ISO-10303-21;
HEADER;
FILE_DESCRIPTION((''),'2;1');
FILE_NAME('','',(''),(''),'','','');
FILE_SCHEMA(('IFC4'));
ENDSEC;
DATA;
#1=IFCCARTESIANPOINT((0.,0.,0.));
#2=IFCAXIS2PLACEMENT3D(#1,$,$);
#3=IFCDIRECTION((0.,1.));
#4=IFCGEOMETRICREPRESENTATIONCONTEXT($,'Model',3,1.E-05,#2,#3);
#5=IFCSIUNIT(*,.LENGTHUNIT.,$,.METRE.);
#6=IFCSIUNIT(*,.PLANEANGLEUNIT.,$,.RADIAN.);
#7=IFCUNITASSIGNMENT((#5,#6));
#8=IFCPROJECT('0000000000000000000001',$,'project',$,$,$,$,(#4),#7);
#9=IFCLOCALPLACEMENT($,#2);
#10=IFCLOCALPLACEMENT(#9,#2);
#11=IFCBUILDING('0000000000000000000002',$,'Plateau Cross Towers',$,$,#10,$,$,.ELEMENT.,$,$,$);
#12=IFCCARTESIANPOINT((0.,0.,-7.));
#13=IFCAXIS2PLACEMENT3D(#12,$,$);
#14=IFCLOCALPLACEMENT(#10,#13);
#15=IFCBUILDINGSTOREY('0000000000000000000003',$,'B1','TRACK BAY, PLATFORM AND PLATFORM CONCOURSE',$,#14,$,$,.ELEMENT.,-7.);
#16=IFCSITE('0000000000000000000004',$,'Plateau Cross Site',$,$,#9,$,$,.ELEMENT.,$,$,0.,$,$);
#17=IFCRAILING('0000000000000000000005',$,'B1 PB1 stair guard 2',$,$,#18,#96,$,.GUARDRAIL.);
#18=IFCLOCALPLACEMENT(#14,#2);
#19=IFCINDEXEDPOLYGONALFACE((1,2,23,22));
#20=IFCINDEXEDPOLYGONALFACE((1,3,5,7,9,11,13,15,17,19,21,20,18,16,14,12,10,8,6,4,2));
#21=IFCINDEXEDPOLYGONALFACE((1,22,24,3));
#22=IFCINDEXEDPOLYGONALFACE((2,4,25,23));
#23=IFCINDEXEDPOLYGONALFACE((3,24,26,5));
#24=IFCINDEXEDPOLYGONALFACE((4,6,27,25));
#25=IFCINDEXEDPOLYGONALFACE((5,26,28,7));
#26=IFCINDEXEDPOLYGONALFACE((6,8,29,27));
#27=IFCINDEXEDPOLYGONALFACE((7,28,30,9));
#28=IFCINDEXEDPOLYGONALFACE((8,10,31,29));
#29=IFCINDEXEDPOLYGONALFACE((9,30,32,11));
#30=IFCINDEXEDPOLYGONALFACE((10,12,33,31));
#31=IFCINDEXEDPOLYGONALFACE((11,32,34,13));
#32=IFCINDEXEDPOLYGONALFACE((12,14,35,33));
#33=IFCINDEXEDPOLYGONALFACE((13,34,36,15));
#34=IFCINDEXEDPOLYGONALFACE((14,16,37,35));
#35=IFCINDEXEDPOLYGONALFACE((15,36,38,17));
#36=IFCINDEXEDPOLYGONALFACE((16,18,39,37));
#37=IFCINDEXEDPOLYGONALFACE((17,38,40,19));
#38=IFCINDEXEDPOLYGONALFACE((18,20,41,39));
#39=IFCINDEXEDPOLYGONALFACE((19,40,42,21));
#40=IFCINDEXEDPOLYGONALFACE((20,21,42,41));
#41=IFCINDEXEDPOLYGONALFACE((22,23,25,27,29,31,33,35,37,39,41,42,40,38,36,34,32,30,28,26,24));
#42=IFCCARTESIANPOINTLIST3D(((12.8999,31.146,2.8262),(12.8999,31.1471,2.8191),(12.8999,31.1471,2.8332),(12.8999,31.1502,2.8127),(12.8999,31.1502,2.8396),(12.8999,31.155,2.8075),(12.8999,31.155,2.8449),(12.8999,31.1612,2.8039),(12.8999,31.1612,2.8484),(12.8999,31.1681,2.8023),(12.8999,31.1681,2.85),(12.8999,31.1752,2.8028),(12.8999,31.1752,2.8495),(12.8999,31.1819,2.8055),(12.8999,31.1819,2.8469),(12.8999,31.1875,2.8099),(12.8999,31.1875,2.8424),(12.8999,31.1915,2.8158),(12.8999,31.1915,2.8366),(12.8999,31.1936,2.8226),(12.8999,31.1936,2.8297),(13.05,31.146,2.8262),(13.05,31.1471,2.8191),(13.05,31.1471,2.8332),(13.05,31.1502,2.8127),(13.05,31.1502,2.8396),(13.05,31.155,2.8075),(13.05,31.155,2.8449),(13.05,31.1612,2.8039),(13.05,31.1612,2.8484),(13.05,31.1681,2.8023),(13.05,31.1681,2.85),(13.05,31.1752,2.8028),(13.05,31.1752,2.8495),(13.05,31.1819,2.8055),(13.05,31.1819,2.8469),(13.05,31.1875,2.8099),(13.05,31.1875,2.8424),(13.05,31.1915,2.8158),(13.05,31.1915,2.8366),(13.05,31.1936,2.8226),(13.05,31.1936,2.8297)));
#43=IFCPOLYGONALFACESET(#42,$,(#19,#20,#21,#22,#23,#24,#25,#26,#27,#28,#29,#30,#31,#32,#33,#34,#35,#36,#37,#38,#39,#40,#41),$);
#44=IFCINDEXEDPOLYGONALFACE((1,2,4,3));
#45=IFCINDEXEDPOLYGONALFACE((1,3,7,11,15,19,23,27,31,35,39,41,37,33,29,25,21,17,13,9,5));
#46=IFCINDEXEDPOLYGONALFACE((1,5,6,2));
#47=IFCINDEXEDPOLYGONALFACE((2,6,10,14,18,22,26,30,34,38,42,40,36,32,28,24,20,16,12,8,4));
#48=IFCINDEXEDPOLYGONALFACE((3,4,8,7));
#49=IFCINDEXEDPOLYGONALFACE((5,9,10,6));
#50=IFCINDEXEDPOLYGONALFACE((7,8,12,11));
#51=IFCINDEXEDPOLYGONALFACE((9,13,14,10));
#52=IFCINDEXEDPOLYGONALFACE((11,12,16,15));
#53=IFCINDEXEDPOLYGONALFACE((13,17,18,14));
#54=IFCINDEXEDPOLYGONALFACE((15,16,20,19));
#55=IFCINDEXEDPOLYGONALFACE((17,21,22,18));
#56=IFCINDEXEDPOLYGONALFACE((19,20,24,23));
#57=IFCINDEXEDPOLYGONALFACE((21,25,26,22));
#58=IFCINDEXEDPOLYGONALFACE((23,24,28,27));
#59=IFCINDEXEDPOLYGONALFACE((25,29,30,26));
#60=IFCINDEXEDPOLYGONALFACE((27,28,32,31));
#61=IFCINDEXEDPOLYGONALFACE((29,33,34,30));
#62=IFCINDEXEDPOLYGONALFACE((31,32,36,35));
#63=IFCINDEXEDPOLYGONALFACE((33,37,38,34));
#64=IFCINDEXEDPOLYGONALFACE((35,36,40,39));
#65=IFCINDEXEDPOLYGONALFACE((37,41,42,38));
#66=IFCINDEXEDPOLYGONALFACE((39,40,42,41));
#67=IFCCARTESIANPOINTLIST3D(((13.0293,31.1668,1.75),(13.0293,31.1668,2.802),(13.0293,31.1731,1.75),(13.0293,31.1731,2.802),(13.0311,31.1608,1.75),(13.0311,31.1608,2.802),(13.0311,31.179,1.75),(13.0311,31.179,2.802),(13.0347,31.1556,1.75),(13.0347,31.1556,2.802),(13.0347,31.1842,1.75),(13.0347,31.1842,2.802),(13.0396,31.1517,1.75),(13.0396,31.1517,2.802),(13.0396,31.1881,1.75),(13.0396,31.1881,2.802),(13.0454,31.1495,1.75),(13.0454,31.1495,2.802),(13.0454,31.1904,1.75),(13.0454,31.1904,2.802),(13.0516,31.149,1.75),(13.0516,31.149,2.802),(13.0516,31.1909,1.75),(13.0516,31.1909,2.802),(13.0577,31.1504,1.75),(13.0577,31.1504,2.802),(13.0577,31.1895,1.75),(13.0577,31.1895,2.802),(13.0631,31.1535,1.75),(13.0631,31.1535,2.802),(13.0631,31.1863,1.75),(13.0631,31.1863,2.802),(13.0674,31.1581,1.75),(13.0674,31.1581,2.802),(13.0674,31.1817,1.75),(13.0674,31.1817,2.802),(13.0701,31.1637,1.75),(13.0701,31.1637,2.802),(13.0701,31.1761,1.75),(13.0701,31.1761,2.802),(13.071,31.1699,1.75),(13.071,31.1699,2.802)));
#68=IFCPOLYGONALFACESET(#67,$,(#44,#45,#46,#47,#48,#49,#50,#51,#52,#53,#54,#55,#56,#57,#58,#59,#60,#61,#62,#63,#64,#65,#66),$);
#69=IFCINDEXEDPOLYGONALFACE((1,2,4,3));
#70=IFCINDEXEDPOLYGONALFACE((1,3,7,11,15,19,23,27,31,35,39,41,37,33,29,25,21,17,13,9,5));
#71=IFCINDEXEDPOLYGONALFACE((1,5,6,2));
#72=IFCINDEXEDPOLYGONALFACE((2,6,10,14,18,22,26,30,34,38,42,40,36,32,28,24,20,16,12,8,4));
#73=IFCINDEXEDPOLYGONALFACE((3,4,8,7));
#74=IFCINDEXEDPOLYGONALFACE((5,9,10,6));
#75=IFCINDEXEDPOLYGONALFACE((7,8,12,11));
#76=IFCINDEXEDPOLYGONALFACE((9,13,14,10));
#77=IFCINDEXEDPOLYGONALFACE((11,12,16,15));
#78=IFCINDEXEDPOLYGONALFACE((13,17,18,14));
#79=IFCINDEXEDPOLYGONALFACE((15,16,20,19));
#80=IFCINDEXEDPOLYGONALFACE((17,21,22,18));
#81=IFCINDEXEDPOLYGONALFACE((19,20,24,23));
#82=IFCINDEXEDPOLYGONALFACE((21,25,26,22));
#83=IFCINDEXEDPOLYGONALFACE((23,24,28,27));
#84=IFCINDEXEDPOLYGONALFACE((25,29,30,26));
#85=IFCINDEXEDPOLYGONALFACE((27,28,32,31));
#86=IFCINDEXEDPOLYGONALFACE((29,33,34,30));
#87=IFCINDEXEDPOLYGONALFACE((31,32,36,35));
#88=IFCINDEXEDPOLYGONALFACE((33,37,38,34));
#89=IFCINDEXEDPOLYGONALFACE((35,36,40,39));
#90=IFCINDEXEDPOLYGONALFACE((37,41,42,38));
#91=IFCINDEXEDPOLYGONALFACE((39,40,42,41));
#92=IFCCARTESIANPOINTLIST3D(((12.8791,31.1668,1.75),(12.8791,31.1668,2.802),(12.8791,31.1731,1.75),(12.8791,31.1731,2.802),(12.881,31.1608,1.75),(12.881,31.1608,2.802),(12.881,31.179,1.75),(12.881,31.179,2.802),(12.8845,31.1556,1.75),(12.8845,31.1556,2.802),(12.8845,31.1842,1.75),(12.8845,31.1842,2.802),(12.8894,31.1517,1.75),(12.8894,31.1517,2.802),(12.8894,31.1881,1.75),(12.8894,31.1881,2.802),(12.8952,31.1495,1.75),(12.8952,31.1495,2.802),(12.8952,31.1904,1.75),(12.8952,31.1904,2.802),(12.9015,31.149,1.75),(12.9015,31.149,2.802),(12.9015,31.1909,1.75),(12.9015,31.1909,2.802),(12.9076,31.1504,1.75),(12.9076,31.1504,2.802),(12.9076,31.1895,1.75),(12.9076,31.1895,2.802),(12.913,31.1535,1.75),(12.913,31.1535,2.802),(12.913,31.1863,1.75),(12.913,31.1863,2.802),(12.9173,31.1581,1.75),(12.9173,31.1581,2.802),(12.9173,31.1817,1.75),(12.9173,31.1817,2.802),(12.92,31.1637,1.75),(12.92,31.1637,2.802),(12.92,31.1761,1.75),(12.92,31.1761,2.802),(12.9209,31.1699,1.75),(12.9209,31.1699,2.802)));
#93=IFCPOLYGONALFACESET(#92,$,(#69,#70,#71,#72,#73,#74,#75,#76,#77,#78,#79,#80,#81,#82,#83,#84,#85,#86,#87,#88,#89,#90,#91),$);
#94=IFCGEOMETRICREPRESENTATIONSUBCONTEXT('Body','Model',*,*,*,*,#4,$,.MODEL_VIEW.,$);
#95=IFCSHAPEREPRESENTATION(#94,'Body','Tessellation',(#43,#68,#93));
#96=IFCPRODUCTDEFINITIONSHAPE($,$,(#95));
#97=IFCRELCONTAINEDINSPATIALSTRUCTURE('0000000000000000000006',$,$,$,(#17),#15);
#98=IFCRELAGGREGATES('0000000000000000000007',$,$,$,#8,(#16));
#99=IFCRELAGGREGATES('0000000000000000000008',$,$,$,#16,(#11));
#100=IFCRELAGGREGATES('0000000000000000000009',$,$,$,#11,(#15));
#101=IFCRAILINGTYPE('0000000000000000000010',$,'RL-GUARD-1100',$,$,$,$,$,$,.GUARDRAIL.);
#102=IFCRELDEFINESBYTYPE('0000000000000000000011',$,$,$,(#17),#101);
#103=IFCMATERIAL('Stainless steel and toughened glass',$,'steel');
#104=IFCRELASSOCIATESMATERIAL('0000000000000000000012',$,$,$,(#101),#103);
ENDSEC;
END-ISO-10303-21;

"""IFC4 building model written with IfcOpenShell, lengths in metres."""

from ifc_helpers import new_model, si_unit, direction, frame, origin, origin_2d, place, context, subcontext, project, spatial, circle, extrude, material, type_object, element, save


model = new_model("IFC4")

# Units and contexts
model_context = context("Model", 3, precision=1e-05, world=origin(), true_north=direction((0.0, 1.0)))
body_context = subcontext(model_context, "Body", "Model", "MODEL_VIEW")
ifc_project = project(units=[si_unit("LENGTHUNIT", "METRE"), si_unit("PLANEANGLEUNIT", "RADIAN")], contexts=[model_context])

# Site, building, storey
site_placement = place(None, origin())
site = spatial("IfcSite", under=ifc_project, at=site_placement, Name="Plateau Cross Site", CompositionType="ELEMENT", RefElevation=0.0)
building_placement = place(site_placement, origin())
building = spatial("IfcBuilding", under=site, at=building_placement, Name="Plateau Cross Towers", CompositionType="ELEMENT")
storey_placement = place(building_placement, frame((0.0, 0.0, -7.0)))
storey = spatial("IfcBuildingStorey", under=building, at=storey_placement, Name="B1", Description="TRACK BAY, PLATFORM AND PLATFORM CONCOURSE", CompositionType="ELEMENT", Elevation=-7.0)

# Railing
ifc_material_1 = material(Name="Stainless steel and toughened glass", Category="steel")
railing_type_1 = type_object("IfcRailingType", Name="RL-GUARD-1100", PredefinedType="GUARDRAIL", material=ifc_material_1)
railing_1_placement = place(storey_placement, frame((13.05, 31.1699, 1.75)))
element("IfcRailing", 1, at=railing_1_placement, inside=storey, type_object=railing_type_1, Name="B1 PB1 stair guard 2", PredefinedType="GUARDRAIL", context=body_context, shape_type="SweptSolid", body=[
    extrude(circle(Radius=0.0239, at=origin_2d()), frame((0.0, 0.0, 1.0762), z_axis=(-1.0, 0.0, 0.0), x_axis=(0.0, -1.0, 0.0)), (0.0, 0.0, 1.0), 0.1501),
    extrude(circle(Radius=0.021, at=origin_2d()), origin(), (0.0, 0.0, 1.0), 1.052),
    extrude(circle(Radius=0.021, at=origin_2d()), frame((-0.1501, 0.0, 0.0)), (0.0, 0.0, 1.0), 1.052),
])

save(model, "model.ifc")
